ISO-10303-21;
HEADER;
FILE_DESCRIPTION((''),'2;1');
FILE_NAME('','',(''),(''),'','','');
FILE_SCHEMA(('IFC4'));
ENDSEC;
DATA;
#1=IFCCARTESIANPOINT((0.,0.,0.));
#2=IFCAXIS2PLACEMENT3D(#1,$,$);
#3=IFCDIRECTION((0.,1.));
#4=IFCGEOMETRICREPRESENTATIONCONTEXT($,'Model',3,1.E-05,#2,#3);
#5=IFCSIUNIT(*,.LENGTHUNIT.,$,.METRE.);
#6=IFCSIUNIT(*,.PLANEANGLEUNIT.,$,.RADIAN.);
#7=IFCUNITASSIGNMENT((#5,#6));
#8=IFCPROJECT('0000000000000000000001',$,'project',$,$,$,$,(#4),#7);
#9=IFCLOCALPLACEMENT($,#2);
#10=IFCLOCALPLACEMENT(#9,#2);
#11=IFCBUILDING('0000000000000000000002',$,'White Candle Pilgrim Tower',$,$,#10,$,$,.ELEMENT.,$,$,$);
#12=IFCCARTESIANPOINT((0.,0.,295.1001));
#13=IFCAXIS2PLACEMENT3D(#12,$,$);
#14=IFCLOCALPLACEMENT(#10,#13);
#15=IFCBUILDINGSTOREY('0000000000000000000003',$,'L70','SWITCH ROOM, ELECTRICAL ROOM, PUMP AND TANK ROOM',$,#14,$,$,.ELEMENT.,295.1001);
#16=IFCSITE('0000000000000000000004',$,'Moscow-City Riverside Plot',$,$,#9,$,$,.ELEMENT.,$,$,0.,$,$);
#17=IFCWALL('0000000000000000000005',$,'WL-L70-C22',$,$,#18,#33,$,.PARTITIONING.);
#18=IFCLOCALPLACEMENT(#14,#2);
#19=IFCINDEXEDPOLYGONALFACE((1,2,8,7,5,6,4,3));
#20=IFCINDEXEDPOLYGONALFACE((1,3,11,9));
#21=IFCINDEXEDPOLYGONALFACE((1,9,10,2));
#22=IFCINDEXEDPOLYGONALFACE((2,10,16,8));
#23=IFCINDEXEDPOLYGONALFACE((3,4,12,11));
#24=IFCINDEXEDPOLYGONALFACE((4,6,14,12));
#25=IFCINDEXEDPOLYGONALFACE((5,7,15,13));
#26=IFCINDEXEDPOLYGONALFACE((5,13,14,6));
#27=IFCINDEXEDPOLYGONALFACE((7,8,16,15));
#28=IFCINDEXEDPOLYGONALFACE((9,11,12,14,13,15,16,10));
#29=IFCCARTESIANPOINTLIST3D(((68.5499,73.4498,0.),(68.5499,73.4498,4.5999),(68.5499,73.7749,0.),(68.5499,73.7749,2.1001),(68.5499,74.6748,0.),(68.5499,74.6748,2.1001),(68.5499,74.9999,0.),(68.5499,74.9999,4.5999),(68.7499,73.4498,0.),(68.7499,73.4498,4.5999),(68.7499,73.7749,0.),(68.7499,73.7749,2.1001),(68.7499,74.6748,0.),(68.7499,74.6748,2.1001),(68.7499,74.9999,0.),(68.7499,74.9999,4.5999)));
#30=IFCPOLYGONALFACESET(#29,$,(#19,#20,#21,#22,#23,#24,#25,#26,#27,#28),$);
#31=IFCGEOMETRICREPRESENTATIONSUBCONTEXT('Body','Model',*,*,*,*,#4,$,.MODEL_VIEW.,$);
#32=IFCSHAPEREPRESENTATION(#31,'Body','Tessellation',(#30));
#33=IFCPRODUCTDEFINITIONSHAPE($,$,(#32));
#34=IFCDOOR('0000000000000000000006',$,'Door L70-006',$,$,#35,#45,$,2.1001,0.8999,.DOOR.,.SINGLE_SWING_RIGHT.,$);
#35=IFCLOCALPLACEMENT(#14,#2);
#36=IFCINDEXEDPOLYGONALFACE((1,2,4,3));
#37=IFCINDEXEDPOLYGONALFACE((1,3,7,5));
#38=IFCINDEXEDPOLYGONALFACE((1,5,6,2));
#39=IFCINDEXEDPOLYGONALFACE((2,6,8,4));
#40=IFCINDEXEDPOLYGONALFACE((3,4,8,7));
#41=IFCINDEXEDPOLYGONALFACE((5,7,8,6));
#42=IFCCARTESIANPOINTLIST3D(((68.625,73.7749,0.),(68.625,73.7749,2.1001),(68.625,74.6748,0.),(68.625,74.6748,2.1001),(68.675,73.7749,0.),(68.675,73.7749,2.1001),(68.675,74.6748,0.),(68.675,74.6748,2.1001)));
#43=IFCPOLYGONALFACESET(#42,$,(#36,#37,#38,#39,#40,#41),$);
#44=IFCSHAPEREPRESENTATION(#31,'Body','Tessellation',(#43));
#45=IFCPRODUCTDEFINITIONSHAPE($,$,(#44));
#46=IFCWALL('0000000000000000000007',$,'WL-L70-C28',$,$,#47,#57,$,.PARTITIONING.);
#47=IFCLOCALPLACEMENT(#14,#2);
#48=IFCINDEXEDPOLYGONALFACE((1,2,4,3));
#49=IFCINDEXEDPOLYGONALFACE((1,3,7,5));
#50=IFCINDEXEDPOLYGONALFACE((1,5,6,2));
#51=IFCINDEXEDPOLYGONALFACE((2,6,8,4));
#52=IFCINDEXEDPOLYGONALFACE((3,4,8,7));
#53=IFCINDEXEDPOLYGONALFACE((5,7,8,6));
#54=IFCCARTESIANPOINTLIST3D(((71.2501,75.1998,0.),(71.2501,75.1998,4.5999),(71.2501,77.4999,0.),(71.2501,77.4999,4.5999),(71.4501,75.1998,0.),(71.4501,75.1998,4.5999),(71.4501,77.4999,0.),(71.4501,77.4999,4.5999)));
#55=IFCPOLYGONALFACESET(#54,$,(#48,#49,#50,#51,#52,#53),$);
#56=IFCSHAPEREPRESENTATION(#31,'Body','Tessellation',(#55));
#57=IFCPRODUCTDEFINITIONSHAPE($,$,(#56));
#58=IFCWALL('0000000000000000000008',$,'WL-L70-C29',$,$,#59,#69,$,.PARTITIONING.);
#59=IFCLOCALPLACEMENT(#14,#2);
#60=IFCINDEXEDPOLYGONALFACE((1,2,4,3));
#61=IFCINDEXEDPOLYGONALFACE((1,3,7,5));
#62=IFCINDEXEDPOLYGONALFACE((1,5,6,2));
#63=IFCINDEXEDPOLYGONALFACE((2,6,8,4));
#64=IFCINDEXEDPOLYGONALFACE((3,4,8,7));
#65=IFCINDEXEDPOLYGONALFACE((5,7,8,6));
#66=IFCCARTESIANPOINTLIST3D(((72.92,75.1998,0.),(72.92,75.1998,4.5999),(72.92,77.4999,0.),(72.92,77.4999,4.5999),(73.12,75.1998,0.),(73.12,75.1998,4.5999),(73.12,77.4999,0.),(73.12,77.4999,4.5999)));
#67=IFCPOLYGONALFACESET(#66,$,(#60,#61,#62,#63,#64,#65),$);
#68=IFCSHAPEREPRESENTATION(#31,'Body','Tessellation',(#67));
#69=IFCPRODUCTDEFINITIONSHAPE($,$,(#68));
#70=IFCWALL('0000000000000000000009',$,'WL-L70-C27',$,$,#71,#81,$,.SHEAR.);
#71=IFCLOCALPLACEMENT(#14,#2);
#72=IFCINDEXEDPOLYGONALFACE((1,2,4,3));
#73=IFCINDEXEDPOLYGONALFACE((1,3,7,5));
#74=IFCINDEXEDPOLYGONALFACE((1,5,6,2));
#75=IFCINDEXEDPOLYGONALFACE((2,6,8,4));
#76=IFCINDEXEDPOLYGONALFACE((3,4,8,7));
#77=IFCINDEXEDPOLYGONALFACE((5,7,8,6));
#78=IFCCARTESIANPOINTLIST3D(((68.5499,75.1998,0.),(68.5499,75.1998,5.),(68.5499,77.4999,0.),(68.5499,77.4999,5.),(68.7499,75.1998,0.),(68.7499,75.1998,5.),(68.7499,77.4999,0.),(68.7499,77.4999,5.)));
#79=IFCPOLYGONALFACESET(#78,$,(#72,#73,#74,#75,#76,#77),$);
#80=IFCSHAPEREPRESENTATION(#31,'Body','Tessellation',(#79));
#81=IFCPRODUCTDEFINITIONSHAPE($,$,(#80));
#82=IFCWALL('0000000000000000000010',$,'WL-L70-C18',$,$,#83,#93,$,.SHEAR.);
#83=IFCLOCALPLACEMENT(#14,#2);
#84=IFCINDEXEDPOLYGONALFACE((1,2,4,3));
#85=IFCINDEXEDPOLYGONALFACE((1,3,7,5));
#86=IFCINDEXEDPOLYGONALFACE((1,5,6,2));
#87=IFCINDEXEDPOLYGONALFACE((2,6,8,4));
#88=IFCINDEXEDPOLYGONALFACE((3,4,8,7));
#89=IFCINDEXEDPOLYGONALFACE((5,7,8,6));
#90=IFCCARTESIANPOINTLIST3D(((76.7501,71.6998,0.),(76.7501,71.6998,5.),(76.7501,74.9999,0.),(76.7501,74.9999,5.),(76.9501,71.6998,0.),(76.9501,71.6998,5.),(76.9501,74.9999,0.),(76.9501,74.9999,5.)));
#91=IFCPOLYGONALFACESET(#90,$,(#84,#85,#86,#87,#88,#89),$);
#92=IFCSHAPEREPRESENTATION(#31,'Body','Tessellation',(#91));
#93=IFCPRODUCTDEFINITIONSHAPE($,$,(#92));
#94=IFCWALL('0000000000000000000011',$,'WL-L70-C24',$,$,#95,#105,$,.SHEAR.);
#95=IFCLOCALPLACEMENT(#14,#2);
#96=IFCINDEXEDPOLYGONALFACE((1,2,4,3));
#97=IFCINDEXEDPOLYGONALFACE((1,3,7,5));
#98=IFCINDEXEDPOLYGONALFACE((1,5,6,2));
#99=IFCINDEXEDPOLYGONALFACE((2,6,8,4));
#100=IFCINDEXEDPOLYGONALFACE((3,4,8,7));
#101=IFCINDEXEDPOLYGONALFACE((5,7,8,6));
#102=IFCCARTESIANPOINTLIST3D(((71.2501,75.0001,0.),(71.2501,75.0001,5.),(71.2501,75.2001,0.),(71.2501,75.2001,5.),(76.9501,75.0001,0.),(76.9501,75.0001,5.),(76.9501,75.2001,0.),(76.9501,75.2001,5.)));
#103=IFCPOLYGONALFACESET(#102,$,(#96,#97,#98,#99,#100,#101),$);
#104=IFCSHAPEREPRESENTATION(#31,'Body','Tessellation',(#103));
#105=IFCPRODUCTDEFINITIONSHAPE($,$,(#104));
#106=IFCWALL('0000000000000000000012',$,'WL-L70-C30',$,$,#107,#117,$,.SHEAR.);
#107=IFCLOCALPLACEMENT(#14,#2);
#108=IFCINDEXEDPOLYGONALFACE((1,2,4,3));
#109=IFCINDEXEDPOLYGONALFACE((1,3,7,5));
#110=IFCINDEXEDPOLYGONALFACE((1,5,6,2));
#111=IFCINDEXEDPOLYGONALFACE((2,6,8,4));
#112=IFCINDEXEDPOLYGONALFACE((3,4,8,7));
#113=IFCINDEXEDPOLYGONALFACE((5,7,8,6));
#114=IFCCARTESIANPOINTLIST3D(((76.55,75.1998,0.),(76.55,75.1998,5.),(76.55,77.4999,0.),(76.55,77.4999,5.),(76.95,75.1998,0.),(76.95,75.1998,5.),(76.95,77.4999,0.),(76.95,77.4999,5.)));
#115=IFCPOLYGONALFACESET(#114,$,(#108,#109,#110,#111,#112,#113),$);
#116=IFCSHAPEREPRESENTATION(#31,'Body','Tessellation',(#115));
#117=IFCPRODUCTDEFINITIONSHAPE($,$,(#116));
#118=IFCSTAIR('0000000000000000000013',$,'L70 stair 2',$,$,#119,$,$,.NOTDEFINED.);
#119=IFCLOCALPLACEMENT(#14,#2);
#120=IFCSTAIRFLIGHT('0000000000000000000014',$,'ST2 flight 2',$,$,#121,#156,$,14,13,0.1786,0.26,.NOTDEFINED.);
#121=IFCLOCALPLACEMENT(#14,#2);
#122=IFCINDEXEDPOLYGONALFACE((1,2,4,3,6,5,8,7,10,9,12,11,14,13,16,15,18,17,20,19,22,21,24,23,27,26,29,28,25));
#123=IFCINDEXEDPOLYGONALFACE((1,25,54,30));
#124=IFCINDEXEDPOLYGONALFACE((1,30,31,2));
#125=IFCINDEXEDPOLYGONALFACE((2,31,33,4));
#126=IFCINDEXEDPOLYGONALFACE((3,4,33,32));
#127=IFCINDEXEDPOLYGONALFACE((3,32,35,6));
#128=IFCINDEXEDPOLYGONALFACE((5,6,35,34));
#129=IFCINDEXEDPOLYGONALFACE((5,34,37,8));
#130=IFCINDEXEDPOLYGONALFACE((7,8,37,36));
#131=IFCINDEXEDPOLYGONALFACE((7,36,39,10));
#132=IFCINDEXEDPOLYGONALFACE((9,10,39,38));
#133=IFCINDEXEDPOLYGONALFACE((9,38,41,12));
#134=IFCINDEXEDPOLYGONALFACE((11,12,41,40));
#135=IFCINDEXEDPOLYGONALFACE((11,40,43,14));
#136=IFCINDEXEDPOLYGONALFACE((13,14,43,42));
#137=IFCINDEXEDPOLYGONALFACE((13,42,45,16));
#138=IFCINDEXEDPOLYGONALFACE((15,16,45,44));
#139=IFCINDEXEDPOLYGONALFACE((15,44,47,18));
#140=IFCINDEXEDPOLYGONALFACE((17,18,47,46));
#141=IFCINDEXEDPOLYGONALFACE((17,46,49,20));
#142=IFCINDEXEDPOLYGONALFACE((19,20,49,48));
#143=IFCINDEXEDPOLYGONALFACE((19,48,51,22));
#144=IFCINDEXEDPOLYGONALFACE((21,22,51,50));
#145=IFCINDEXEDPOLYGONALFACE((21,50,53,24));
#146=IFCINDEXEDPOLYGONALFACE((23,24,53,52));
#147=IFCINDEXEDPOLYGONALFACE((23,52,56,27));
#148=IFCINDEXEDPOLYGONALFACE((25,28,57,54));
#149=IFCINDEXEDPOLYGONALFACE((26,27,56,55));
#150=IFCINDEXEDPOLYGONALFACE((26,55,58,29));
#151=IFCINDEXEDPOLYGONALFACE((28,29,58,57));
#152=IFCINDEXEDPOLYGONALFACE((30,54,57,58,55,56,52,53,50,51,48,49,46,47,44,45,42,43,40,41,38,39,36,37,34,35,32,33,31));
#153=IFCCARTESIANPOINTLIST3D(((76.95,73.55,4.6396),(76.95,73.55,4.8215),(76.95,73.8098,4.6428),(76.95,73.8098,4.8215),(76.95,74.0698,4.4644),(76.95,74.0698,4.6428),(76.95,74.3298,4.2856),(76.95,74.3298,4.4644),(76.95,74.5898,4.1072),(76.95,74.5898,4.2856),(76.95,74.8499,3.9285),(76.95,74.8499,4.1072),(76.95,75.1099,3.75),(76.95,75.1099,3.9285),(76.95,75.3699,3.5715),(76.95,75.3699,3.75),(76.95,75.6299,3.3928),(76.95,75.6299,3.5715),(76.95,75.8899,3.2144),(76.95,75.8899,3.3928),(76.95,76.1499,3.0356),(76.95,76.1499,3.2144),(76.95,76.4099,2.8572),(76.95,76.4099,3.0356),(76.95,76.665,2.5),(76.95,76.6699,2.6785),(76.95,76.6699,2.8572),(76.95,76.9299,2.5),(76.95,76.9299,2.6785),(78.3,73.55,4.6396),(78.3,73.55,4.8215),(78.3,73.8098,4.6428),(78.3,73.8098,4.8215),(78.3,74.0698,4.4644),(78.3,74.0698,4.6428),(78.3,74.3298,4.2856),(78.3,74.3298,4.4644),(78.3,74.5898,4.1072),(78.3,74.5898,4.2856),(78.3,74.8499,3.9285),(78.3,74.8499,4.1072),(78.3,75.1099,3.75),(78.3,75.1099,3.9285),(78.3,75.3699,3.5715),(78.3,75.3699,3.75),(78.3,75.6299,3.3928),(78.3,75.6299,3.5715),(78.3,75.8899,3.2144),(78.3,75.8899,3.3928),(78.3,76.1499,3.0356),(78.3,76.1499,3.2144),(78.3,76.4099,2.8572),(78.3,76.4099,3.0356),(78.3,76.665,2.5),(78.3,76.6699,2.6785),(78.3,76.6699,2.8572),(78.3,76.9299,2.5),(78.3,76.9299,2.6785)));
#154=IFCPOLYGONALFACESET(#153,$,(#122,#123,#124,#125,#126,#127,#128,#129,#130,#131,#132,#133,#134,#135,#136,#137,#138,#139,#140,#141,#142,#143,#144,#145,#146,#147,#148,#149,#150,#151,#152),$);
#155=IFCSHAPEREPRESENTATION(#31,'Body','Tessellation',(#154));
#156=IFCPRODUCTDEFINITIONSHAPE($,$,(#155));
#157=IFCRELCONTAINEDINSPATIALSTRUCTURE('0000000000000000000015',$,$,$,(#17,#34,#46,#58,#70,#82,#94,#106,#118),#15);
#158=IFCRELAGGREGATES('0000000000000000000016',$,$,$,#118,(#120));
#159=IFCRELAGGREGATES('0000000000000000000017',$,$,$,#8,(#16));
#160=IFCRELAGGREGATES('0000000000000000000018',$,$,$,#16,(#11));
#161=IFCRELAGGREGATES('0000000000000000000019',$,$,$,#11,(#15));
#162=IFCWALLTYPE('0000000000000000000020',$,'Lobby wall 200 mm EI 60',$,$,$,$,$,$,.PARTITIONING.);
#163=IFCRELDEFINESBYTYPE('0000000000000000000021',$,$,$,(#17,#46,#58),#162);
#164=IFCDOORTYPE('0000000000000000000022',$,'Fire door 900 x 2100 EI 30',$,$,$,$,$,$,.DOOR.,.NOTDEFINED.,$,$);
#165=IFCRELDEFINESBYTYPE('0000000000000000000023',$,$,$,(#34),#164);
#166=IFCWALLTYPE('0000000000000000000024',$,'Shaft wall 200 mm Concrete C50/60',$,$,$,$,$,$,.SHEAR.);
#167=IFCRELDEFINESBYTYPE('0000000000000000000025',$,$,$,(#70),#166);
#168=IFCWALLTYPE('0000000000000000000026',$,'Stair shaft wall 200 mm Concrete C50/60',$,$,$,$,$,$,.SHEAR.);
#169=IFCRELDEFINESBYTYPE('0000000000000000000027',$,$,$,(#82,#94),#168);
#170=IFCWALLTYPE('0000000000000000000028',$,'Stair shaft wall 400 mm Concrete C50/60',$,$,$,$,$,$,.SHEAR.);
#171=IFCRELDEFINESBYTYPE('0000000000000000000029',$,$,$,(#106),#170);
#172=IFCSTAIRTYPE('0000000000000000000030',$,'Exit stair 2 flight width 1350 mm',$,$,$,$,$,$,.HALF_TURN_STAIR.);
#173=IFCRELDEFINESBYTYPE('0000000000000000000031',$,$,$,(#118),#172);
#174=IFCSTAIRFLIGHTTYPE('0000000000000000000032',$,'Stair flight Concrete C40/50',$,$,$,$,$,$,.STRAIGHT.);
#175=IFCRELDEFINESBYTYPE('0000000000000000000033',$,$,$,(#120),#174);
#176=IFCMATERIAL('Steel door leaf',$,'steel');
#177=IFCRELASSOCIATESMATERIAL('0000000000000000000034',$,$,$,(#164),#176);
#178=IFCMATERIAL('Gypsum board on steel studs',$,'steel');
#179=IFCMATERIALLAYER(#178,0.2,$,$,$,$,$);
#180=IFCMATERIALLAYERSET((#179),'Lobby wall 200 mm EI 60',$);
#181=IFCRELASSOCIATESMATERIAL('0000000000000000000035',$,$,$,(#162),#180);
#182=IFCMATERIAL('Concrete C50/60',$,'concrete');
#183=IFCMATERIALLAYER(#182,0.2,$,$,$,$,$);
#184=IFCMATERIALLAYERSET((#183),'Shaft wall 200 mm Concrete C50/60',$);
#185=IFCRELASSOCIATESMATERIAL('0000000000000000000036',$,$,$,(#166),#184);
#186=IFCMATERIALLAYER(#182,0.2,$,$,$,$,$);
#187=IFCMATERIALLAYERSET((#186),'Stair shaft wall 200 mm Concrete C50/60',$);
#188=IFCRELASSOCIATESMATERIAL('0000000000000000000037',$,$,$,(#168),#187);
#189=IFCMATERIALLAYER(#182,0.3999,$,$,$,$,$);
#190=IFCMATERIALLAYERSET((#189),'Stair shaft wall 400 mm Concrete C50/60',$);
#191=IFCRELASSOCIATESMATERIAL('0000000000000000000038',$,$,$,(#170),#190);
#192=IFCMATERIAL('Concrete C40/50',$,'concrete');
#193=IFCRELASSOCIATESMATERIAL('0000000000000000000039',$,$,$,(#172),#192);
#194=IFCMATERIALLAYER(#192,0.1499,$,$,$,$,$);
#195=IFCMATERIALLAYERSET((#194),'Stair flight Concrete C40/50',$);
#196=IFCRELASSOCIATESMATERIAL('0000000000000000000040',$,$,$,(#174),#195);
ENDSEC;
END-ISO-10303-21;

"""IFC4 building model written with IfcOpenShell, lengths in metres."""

from ifc_helpers import new_model, si_unit, direction, frame, frame_2d, origin, place, context, subcontext, project, spatial, polyline, rectangle, outline, extrude, material, layer, layer_set, type_object, element, fill, aggregate, save


model = new_model("IFC4")

# Units and contexts
model_context = context("Model", 3, precision=1e-05, world=origin(), true_north=direction((0.0, 1.0)))
body_context = subcontext(model_context, "Body", "Model", "MODEL_VIEW")
ifc_project = project(units=[si_unit("LENGTHUNIT", "METRE"), si_unit("PLANEANGLEUNIT", "RADIAN")], contexts=[model_context])

# Site, building, storey
site_placement = place(None, origin())
site = spatial("IfcSite", under=ifc_project, at=site_placement, Name="Moscow-City Riverside Plot", CompositionType="ELEMENT", RefElevation=0.0)
building_placement = place(site_placement, origin())
building = spatial("IfcBuilding", under=site, at=building_placement, Name="White Candle Pilgrim Tower", CompositionType="ELEMENT")
storey_placement = place(building_placement, frame((0.0, 0.0, 295.1001)))
storey = spatial("IfcBuildingStorey", under=building, at=storey_placement, Name="L70", Description="SWITCH ROOM, ELECTRICAL ROOM, PUMP AND TANK ROOM", CompositionType="ELEMENT", Elevation=295.1001)

# Shared definitions
ifc_material_1 = material(Name="Gypsum board on steel studs", Category="steel")

# Wall, opening, door
ifc_material_2 = material(Name="Steel door leaf", Category="steel")
door_type = type_object("IfcDoorType", Name="Fire door 900 x 2100 EI 30", OperationType="NOTDEFINED", PredefinedType="DOOR", material=ifc_material_2)
ifc_layer_1 = layer(ifc_material_1, 0.2)
ifc_layer_set_1 = layer_set([ifc_layer_1], Name="Lobby wall 200 mm EI 60")
wall_type_1 = type_object("IfcWallType", Name="Lobby wall 200 mm EI 60", PredefinedType="PARTITIONING", material=ifc_layer_set_1)
wall_1_placement = place(storey_placement, frame((68.6499, 73.45, 0.0), z_axis=(0.0, 0.0, 1.0), x_axis=(0.0, 1.0, 0.0)))
wall_1 = element("IfcWall", 1, at=wall_1_placement, inside=storey, type_object=wall_type_1, Name="WL-L70-C22", PredefinedType="PARTITIONING", context=body_context, shape_type="SweptSolid", body=[
    extrude(rectangle(XDim=1.55, YDim=0.2, at=frame_2d((0.7749, 0.0))), origin(), (0.0, 0.0, 1.0), 4.5999),
])
opening_1_placement = place(wall_1_placement, frame((0.325, 0.0, 0.0)))
opening_1 = element("IfcOpeningElement", 2, at=opening_1_placement, cuts=wall_1, PredefinedType="OPENING", context=body_context, shape_type="SweptSolid", body=[
    extrude(rectangle(XDim=0.8999, YDim=2.1001, at=frame_2d((0.45, 1.05))), frame((0.0, 0.1099, 0.0), z_axis=(0.0, -1.0, 0.0), x_axis=(1.0, 0.0, 0.0)), (0.0, 0.0, 1.0), 0.22),
])
door_1_placement = place(opening_1_placement, origin())
door_1 = element("IfcDoor", 3, at=door_1_placement, inside=storey, type_object=door_type, Name="Door L70-006", OperationType="SINGLE_SWING_RIGHT", OverallHeight=2.1001, OverallWidth=0.8999, PredefinedType="DOOR", context=body_context, shape_type="SweptSolid", body=[
    extrude(rectangle(XDim=0.8999, YDim=2.1001, at=frame_2d((0.45, 1.05))), frame((0.0, 0.0249, 0.0), z_axis=(0.0, -1.0, 0.0), x_axis=(1.0, 0.0, 0.0)), (0.0, 0.0, 1.0), 0.05),
])
fill(opening_1, door_1)

# Walls
for number, where, z_axis, x_axis, name in (
    (4, (71.3501, 75.2, 0.0), (0.0, 0.0, 1.0), (0.0, 1.0, 0.0), "WL-L70-C28"),
    (5, (73.02, 75.2, 0.0), (0.0, 0.0, 1.0), (0.0, 1.0, 0.0), "WL-L70-C29"),
):
    element("IfcWall", number, at=place(storey_placement, frame(where, z_axis=z_axis, x_axis=x_axis)), inside=storey, type_object=wall_type_1, Name=name, PredefinedType="PARTITIONING", context=body_context, shape_type="SweptSolid", body=[
        extrude(rectangle(XDim=2.3, YDim=0.2, at=frame_2d((1.1499, 0.0))), origin(), (0.0, 0.0, 1.0), 4.5999),
    ])
ifc_material_3 = material(Name="Concrete C50/60", Category="concrete")
ifc_layer_2 = layer(ifc_material_3, 0.2)
ifc_layer_set_2 = layer_set([ifc_layer_2], Name="Shaft wall 200 mm Concrete C50/60")
wall_type_2 = type_object("IfcWallType", Name="Shaft wall 200 mm Concrete C50/60", PredefinedType="SHEAR", material=ifc_layer_set_2)
wall_2_placement = place(storey_placement, frame((68.6499, 75.2, 0.0), z_axis=(0.0, 0.0, 1.0), x_axis=(0.0, 1.0, 0.0)))
element("IfcWall", 6, at=wall_2_placement, inside=storey, type_object=wall_type_2, Name="WL-L70-C27", PredefinedType="SHEAR", context=body_context, shape_type="SweptSolid", body=[
    extrude(rectangle(XDim=2.3, YDim=0.2, at=frame_2d((1.1499, 0.0))), origin(), (0.0, 0.0, 1.0), 5.0),
])
ifc_layer_3 = layer(ifc_material_3, 0.2)
ifc_layer_set_3 = layer_set([ifc_layer_3], Name="Stair shaft wall 200 mm Concrete C50/60")
wall_type_3 = type_object("IfcWallType", Name="Stair shaft wall 200 mm Concrete C50/60", PredefinedType="SHEAR", material=ifc_layer_set_3)
wall_3_placement = place(storey_placement, frame((76.8501, 71.7, 0.0), z_axis=(0.0, 0.0, 1.0), x_axis=(0.0, 1.0, 0.0)))
element("IfcWall", 7, at=wall_3_placement, inside=storey, type_object=wall_type_3, Name="WL-L70-C18", PredefinedType="SHEAR", context=body_context, shape_type="SweptSolid", body=[
    extrude(rectangle(XDim=3.3, YDim=0.2, at=frame_2d((1.6499, 0.0))), origin(), (0.0, 0.0, 1.0), 5.0),
])
wall_4_placement = place(storey_placement, frame((71.25, 75.1001, 0.0), z_axis=(0.0, 0.0, 1.0), x_axis=(1.0, 0.0, 0.0)))
element("IfcWall", 8, at=wall_4_placement, inside=storey, type_object=wall_type_3, Name="WL-L70-C24", PredefinedType="SHEAR", context=body_context, shape_type="SweptSolid", body=[
    extrude(rectangle(XDim=5.7, YDim=0.2, at=frame_2d((2.8501, 0.0))), origin(), (0.0, 0.0, 1.0), 5.0),
])
ifc_layer_4 = layer(ifc_material_3, 0.3999)
ifc_layer_set_4 = layer_set([ifc_layer_4], Name="Stair shaft wall 400 mm Concrete C50/60")
wall_type_4 = type_object("IfcWallType", Name="Stair shaft wall 400 mm Concrete C50/60", PredefinedType="SHEAR", material=ifc_layer_set_4)
wall_5_placement = place(storey_placement, frame((76.75, 75.2, 0.0), z_axis=(0.0, 0.0, 1.0), x_axis=(0.0, 1.0, 0.0)))
element("IfcWall", 9, at=wall_5_placement, inside=storey, type_object=wall_type_4, Name="WL-L70-C30", PredefinedType="SHEAR", context=body_context, shape_type="SweptSolid", body=[
    extrude(rectangle(XDim=2.3, YDim=0.3999, at=frame_2d((1.1499, 0.0))), origin(), (0.0, 0.0, 1.0), 5.0),
])

# Stair, stair flight
ifc_material_4 = material(Name="Concrete C40/50", Category="concrete")
stair_type = type_object("IfcStairType", Name="Exit stair 2 flight width 1350 mm", PredefinedType="HALF_TURN_STAIR", material=ifc_material_4)
stair_placement = place(storey_placement, origin())
stair = element("IfcStair", 10, at=stair_placement, inside=storey, type_object=stair_type, Name="L70 stair 2", PredefinedType="NOTDEFINED")
ifc_layer_5 = layer(ifc_material_4, 0.1499)
ifc_layer_set_5 = layer_set([ifc_layer_5], Name="Stair flight Concrete C40/50")
stair_flight_type = type_object("IfcStairFlightType", Name="Stair flight Concrete C40/50", PredefinedType="STRAIGHT", material=ifc_layer_set_5)
stair_flight_placement = place(storey_placement, frame((77.625, 76.9299, 2.5), z_axis=(0.0, 0.0, 1.0), x_axis=(0.0, -1.0, 0.0)))
stair_flight = element("IfcStairFlight", 11, at=stair_flight_placement, type_object=stair_flight_type, Name="ST2 flight 2", NumberOfRisers=14, NumberOfTreads=13, PredefinedType="NOTDEFINED", RiserHeight=0.1786, TreadLength=0.26, context=body_context, shape_type="SweptSolid", body=[
    extrude(outline(polyline([(0.0, 0.0), (0.0, 0.1785), (0.26, 0.1785), (0.26, 0.3572), (0.52, 0.3572), (0.52, 0.5356), (0.78, 0.5356), (0.78, 0.7144), (1.04, 0.7144), (1.04, 0.8928), (1.3, 0.8928), (1.3, 1.0715), (1.5601, 1.0715), (1.5601, 1.25), (1.8201, 1.25), (1.8201, 1.4285), (2.0801, 1.4285), (2.0801, 1.6072), (2.3401, 1.6072), (2.3401, 1.7856), (2.6001, 1.7856), (2.6001, 1.9644), (2.8601, 1.9644), (2.8601, 2.1428), (3.1201, 2.1428), (3.1201, 2.3215), (3.3799, 2.3215), (3.3799, 2.5), (3.3799, 2.1396), (0.2649, 0.0), (0.0, 0.0)])), frame((0.0, 0.675, 0.0), z_axis=(0.0, -1.0, 0.0), x_axis=(1.0, 0.0, 0.0)), (0.0, 0.0, 1.0), 1.3501),
])
aggregate(stair, [stair_flight])

save(model, "model.ifc")
